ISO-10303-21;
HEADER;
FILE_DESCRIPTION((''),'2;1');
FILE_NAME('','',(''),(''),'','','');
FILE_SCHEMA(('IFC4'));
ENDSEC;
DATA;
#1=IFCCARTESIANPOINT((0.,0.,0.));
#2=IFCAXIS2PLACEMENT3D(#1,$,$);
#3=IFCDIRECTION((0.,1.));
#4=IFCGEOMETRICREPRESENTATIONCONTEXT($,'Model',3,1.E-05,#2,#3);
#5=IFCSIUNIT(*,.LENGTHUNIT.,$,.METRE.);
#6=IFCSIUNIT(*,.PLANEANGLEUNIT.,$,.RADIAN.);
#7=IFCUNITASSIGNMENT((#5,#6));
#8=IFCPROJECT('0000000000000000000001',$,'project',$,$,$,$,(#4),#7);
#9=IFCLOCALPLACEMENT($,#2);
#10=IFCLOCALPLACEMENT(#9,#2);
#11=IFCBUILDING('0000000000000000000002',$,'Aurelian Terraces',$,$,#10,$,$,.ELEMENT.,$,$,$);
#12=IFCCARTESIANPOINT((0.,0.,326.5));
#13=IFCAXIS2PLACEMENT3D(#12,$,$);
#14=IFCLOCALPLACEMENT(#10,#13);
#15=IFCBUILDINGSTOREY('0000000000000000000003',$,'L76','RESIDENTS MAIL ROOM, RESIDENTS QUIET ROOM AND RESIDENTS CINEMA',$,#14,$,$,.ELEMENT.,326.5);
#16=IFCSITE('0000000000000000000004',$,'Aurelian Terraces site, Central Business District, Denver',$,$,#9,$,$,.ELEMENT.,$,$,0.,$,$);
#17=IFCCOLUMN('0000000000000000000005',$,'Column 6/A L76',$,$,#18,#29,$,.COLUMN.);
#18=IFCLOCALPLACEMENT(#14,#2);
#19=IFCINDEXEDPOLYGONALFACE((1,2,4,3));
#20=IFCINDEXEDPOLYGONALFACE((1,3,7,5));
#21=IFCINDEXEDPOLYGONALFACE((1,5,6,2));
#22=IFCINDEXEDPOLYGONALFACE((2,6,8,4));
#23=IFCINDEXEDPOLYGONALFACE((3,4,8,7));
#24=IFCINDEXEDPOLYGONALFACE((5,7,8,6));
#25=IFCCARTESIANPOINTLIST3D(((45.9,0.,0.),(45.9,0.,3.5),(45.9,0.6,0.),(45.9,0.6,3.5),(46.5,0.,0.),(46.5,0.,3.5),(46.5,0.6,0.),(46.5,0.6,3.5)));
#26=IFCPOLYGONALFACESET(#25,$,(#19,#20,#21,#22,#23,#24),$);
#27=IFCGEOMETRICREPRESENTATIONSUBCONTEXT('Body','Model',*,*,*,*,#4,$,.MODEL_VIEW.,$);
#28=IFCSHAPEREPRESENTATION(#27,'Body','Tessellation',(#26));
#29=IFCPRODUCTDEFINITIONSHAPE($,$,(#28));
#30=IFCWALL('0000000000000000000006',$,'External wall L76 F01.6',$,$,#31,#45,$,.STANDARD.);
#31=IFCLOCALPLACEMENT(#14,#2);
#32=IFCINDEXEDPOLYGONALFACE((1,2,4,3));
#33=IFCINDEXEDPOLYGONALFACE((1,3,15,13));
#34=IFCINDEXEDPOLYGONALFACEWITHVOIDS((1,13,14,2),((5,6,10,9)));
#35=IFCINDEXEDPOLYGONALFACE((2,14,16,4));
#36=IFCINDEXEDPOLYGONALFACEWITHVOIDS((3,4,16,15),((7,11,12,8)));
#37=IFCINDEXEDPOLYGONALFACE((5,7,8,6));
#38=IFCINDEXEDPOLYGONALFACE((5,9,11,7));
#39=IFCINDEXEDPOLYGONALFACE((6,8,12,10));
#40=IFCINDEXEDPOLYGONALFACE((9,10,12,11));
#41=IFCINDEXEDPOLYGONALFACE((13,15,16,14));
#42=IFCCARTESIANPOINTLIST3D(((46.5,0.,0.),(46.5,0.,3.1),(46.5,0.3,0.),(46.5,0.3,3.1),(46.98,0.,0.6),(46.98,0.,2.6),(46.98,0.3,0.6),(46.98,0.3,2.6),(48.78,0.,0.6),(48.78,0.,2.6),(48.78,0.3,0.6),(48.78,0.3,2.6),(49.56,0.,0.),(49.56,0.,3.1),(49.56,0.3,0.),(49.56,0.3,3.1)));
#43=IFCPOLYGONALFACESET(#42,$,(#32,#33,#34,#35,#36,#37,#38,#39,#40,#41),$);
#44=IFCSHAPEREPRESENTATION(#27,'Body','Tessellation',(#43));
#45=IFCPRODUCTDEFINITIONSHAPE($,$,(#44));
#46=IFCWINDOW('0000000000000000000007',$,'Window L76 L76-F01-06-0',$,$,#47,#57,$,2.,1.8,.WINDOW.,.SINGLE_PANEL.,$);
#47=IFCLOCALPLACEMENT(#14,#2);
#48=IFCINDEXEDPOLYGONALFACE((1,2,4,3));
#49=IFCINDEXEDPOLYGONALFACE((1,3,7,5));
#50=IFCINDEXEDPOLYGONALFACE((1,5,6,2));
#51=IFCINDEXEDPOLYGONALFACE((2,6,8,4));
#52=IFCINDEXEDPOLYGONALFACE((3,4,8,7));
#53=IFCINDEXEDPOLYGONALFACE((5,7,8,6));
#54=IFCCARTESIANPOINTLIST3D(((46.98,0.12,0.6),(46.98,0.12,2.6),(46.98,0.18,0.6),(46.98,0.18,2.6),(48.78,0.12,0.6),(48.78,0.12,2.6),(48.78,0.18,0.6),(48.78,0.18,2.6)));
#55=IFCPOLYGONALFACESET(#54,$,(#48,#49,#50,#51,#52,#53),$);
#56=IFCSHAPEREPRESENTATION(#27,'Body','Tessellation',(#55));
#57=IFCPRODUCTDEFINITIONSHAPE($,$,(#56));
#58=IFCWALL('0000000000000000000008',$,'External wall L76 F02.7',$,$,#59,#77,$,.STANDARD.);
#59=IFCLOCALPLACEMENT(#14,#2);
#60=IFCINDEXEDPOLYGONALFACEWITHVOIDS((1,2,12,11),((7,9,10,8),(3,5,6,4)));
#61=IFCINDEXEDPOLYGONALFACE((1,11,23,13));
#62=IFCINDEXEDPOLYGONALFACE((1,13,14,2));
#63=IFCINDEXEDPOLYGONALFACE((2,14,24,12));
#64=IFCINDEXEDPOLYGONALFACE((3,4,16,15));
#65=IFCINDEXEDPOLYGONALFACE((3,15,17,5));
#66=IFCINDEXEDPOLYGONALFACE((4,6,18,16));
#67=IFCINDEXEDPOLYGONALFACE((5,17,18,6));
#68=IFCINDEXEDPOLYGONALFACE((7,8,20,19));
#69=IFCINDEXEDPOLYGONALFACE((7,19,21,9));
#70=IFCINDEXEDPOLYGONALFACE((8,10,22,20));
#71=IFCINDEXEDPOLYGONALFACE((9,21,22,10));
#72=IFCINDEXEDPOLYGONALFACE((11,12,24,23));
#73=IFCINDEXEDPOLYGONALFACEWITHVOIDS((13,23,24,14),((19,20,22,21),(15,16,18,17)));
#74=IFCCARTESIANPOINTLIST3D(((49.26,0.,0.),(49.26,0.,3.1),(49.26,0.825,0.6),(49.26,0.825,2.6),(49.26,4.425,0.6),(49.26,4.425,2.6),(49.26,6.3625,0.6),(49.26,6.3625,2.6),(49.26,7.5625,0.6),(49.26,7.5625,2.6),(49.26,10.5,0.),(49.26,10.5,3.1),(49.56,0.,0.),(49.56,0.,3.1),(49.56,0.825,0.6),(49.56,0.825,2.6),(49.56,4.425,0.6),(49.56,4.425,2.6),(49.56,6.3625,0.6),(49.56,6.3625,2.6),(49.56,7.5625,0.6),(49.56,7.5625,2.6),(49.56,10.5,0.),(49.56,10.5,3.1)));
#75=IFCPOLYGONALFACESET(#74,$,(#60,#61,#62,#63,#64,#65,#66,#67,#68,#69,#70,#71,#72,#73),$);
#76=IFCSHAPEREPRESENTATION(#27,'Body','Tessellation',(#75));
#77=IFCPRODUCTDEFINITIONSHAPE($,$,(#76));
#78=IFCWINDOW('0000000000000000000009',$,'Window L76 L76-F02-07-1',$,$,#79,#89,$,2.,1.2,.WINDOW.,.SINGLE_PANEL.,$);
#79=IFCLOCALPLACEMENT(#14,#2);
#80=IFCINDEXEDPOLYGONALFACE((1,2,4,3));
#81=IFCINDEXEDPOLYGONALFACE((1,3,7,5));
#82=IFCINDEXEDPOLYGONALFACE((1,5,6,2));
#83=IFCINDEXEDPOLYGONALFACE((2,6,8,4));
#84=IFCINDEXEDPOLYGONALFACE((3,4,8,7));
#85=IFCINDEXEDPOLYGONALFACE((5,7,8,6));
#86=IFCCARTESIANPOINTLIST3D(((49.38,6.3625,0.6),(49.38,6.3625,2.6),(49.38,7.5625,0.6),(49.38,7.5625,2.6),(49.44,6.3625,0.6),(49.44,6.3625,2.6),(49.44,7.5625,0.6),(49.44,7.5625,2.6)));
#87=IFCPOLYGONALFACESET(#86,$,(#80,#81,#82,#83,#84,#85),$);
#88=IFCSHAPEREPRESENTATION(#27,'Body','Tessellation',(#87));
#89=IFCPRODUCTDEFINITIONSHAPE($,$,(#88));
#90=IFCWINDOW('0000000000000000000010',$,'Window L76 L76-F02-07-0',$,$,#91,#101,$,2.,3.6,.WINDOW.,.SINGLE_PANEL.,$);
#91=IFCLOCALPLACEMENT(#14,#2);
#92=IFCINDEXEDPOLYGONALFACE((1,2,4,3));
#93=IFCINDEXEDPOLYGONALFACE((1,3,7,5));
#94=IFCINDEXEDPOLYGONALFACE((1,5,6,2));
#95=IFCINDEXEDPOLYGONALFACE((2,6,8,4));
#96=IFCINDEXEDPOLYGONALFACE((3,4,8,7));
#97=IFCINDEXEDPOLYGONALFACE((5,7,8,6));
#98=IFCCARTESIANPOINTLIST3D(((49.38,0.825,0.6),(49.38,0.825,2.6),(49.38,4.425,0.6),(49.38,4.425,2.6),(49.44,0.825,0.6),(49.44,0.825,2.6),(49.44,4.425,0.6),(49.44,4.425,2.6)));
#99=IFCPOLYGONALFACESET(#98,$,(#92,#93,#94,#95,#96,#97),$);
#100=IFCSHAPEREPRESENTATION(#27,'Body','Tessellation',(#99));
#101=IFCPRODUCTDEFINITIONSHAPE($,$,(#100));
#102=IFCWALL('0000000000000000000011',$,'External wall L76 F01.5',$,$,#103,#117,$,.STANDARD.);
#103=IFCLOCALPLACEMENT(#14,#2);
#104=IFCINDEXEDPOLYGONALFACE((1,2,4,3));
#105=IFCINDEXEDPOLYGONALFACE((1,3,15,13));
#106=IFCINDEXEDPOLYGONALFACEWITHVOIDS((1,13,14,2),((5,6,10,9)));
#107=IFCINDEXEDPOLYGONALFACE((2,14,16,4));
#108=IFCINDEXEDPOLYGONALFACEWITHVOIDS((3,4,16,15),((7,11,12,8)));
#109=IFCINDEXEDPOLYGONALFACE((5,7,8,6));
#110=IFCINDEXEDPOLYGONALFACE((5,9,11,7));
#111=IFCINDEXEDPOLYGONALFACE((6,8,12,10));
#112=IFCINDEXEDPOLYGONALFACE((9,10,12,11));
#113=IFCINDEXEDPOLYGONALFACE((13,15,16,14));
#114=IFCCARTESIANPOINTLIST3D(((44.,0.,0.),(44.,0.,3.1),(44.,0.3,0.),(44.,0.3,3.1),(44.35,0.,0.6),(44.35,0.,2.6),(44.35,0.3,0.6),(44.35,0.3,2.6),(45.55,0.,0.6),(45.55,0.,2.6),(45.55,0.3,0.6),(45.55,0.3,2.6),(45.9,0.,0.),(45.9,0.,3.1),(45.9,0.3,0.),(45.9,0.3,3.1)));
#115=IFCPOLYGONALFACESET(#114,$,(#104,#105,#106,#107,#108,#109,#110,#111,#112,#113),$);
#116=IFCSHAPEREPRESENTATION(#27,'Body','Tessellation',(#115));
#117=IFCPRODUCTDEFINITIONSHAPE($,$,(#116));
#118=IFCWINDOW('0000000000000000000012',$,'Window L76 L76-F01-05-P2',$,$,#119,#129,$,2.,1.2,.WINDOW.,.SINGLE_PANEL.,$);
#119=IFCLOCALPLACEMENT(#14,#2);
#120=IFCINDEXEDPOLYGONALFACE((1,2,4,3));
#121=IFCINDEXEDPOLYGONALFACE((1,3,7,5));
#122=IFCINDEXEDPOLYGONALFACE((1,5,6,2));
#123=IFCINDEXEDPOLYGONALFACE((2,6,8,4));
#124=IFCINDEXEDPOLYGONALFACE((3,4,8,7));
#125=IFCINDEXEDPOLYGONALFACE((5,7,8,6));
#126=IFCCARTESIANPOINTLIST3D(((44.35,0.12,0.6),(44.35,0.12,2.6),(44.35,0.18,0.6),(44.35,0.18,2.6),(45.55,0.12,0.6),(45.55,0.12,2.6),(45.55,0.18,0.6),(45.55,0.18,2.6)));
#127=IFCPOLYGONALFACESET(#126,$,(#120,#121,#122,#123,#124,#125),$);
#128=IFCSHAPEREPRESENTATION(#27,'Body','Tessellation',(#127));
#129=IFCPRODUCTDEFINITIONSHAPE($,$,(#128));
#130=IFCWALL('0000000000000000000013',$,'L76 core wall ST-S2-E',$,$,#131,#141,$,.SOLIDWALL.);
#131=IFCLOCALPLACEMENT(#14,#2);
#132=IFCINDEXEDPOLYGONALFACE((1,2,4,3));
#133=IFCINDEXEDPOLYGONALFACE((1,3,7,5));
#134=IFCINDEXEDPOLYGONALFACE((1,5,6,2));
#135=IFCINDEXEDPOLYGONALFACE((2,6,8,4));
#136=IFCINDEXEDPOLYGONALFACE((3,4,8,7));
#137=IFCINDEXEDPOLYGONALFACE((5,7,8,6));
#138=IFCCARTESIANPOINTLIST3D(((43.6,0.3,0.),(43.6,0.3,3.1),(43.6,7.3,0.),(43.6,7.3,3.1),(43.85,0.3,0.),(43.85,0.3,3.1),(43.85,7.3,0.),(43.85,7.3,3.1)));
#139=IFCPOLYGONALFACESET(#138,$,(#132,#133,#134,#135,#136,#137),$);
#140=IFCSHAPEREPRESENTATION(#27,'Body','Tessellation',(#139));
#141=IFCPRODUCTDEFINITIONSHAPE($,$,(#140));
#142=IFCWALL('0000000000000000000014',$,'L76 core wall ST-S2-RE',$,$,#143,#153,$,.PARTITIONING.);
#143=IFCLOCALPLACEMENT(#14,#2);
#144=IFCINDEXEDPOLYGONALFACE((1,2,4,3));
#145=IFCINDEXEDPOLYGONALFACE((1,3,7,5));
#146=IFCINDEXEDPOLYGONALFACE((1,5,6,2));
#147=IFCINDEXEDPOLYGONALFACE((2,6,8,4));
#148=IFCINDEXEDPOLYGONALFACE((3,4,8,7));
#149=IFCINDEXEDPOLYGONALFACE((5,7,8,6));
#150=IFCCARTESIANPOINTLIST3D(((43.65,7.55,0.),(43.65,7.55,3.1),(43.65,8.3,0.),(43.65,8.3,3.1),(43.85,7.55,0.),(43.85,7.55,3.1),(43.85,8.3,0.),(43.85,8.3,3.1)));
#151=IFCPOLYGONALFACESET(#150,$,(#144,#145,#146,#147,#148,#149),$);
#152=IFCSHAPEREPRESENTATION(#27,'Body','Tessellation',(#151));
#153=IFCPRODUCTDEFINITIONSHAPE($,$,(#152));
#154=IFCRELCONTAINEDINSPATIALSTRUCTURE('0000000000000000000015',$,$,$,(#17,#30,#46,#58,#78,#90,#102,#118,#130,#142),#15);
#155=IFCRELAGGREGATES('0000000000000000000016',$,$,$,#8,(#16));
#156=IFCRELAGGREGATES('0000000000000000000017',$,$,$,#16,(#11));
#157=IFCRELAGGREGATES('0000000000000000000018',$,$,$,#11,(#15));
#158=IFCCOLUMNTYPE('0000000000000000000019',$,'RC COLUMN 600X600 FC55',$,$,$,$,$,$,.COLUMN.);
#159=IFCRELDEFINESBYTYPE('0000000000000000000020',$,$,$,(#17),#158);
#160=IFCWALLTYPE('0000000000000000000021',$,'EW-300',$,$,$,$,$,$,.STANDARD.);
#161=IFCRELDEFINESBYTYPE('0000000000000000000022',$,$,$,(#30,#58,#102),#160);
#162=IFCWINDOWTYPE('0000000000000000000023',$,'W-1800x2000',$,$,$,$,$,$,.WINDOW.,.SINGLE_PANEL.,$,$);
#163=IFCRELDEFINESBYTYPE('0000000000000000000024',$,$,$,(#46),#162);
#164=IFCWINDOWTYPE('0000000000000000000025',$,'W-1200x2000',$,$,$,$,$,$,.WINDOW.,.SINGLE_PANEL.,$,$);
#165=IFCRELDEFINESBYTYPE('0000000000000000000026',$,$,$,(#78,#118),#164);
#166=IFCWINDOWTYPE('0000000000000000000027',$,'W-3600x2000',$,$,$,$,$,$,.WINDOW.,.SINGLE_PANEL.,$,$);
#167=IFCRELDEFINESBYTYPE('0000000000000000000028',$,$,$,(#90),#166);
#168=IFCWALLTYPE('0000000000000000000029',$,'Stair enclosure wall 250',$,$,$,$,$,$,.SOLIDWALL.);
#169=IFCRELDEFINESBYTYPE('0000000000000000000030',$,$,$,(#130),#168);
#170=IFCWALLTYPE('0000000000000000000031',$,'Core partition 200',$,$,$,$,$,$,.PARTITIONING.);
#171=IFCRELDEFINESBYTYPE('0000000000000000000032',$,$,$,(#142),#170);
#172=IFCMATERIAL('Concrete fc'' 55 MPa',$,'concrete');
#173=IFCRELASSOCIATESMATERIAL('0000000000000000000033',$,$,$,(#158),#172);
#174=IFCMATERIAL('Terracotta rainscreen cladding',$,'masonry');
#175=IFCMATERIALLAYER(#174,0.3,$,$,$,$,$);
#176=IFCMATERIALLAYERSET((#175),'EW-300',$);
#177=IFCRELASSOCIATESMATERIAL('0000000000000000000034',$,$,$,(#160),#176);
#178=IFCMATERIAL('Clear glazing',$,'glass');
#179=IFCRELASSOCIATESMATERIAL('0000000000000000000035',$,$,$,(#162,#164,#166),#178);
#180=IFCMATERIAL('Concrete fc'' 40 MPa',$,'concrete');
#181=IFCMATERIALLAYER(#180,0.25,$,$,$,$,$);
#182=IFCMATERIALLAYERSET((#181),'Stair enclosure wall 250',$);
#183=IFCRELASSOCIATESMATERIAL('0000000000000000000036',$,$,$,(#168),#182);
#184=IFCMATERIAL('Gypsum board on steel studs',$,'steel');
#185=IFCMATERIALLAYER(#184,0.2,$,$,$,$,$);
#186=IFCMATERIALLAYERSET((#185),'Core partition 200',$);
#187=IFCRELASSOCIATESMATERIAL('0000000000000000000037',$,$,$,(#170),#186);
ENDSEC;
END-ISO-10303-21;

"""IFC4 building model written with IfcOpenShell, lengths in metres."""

from ifc_helpers import new_model, si_unit, direction, frame, frame_2d, origin, origin_2d, place, context, subcontext, project, spatial, rectangle, extrude, source, transform, mapped, material, layer, layer_set, material_profile, profile_set, type_object, element, fill, save


model = new_model("IFC4")

# Units and contexts
model_context = context("Model", 3, precision=1e-05, world=origin(), true_north=direction((0.0, 1.0)))
body_context = subcontext(model_context, "Body", "Model", "MODEL_VIEW")
ifc_project = project(units=[si_unit("LENGTHUNIT", "METRE"), si_unit("PLANEANGLEUNIT", "RADIAN")], contexts=[model_context])

# Site, building, storey
site_placement = place(None, origin())
site = spatial("IfcSite", under=ifc_project, at=site_placement, Name="Aurelian Terraces site, Central Business District, Denver", CompositionType="ELEMENT", RefElevation=0.0)
building_placement = place(site_placement, origin())
building = spatial("IfcBuilding", under=site, at=building_placement, Name="Aurelian Terraces", CompositionType="ELEMENT")
storey_placement = place(building_placement, frame((0.0, 0.0, 326.5)))
storey = spatial("IfcBuildingStorey", under=building, at=storey_placement, Name="L76", Description="RESIDENTS MAIL ROOM, RESIDENTS QUIET ROOM AND RESIDENTS CINEMA", CompositionType="ELEMENT", Elevation=326.5)

# Column
ifc_material_1 = material(Name="Concrete fc' 55 MPa", Category="concrete")
ifc_material_profile = material_profile(ifc_material_1, rectangle(XDim=0.6, YDim=0.6, at=origin_2d()))
ifc_profile_set = profile_set([ifc_material_profile], Name="Concrete fc' 55 MPa")
column_type = type_object("IfcColumnType", Name="RC COLUMN 600X600 FC55", PredefinedType="COLUMN", material=ifc_profile_set)
shared_shape_1 = source(origin(), body_context, "Body", "SweptSolid", [
    extrude(rectangle(XDim=0.6, YDim=0.6, at=origin_2d()), origin(), (0.0, 0.0, 1.0), 3.5),
])
column_placement = place(storey_placement, frame((46.2, 0.3, 0.0), z_axis=(0.0, 0.0, 1.0), x_axis=(1.0, 0.0, 0.0)))
element("IfcColumn", 1, at=column_placement, inside=storey, type_object=column_type, Name="Column 6/A L76", PredefinedType="COLUMN", context=body_context, shape_type="MappedRepresentation", body=[
    mapped(shared_shape_1, transform((0.0, 0.0, 0.0), scale=1.0)),
])

# Wall, opening, window
ifc_material_2 = material(Name="Terracotta rainscreen cladding", Category="masonry")
ifc_layer_1 = layer(ifc_material_2, 0.3)
ifc_layer_set_1 = layer_set([ifc_layer_1], Name="EW-300")
wall_type_1 = type_object("IfcWallType", Name="EW-300", PredefinedType="STANDARD", material=ifc_layer_set_1)
wall_1_placement = place(storey_placement, frame((46.5, 0.15, 0.0), z_axis=(0.0, 0.0, 1.0), x_axis=(1.0, 0.0, 0.0)))
wall_1 = element("IfcWall", 2, at=wall_1_placement, inside=storey, type_object=wall_type_1, Name="External wall L76 F01.6", PredefinedType="STANDARD", context=body_context, shape_type="SweptSolid", body=[
    extrude(rectangle(XDim=3.06, YDim=0.3, at=frame_2d((1.53, 0.0))), origin(), (0.0, 0.0, 1.0), 3.1),
])
shared_shape_2 = source(origin(), body_context, "Body", "SweptSolid", [
    extrude(rectangle(XDim=1.8, YDim=2.0, at=frame_2d((0.9, 1.0))), frame((0.0, 0.16, 0.0), z_axis=(0.0, -1.0, 0.0), x_axis=(1.0, 0.0, 0.0)), (0.0, 0.0, 1.0), 0.32),
])
opening_1_placement = place(wall_1_placement, frame((0.48, 0.0, 0.6)))
opening_1 = element("IfcOpeningElement", 3, at=opening_1_placement, cuts=wall_1, PredefinedType="OPENING", context=body_context, shape_type="MappedRepresentation", body=[
    mapped(shared_shape_2, transform((0.0, 0.0, 0.0), scale=1.0)),
])
ifc_material_3 = material(Name="Clear glazing", Category="glass")
window_type_1 = type_object("IfcWindowType", Name="W-1800x2000", PartitioningType="SINGLE_PANEL", PredefinedType="WINDOW", material=ifc_material_3)
shared_shape_3 = source(origin(), body_context, "Body", "SweptSolid", [
    extrude(rectangle(XDim=1.8, YDim=2.0, at=frame_2d((0.9, 1.0))), frame((0.0, 0.03, 0.0), z_axis=(0.0, -1.0, 0.0), x_axis=(1.0, 0.0, 0.0)), (0.0, 0.0, 1.0), 0.06),
])
window_1_placement = place(opening_1_placement, origin())
window_1 = element("IfcWindow", 4, at=window_1_placement, inside=storey, type_object=window_type_1, Name="Window L76 L76-F01-06-0", OverallHeight=2.0, OverallWidth=1.8, PartitioningType="SINGLE_PANEL", PredefinedType="WINDOW", context=body_context, shape_type="MappedRepresentation", body=[
    mapped(shared_shape_3, transform((0.0, 0.0, 0.0), scale=1.0)),
])
fill(opening_1, window_1)

# Wall, openings, windows
shared_shape_4 = source(origin(), body_context, "Body", "SweptSolid", [
    extrude(rectangle(XDim=10.5, YDim=0.3, at=frame_2d((5.25, 0.0))), origin(), (0.0, 0.0, 1.0), 3.1),
])
wall_2_placement = place(storey_placement, frame((49.41, 0.0, 0.0), z_axis=(0.0, 0.0, 1.0), x_axis=(0.0, 1.0, 0.0)))
wall_2 = element("IfcWall", 5, at=wall_2_placement, inside=storey, type_object=wall_type_1, Name="External wall L76 F02.7", PredefinedType="STANDARD", context=body_context, shape_type="MappedRepresentation", body=[
    mapped(shared_shape_4, transform((0.0, 0.0, 0.0), scale=1.0)),
])
shared_shape_5 = source(origin(), body_context, "Body", "SweptSolid", [
    extrude(rectangle(XDim=3.6, YDim=2.0, at=frame_2d((1.8, 1.0))), frame((0.0, 0.16, 0.0), z_axis=(0.0, -1.0, 0.0), x_axis=(1.0, 0.0, 0.0)), (0.0, 0.0, 1.0), 0.32),
])
opening_2_placement = place(wall_2_placement, frame((0.825, 0.0, 0.6)))
opening_2 = element("IfcOpeningElement", 6, at=opening_2_placement, cuts=wall_2, PredefinedType="OPENING", context=body_context, shape_type="MappedRepresentation", body=[
    mapped(shared_shape_5, transform((0.0, 0.0, 0.0), scale=1.0)),
])
shared_shape_6 = source(origin(), body_context, "Body", "SweptSolid", [
    extrude(rectangle(XDim=1.2, YDim=2.0, at=frame_2d((0.6, 1.0))), frame((0.0, 0.16, 0.0), z_axis=(0.0, -1.0, 0.0), x_axis=(1.0, 0.0, 0.0)), (0.0, 0.0, 1.0), 0.32),
])
opening_3_placement = place(wall_2_placement, frame((6.3625, 0.0, 0.6)))
opening_3 = element("IfcOpeningElement", 7, at=opening_3_placement, cuts=wall_2, PredefinedType="OPENING", context=body_context, shape_type="MappedRepresentation", body=[
    mapped(shared_shape_6, transform((0.0, 0.0, 0.0), scale=1.0)),
])
window_type_2 = type_object("IfcWindowType", Name="W-1200x2000", PartitioningType="SINGLE_PANEL", PredefinedType="WINDOW", material=ifc_material_3)
shared_shape_7 = source(origin(), body_context, "Body", "SweptSolid", [
    extrude(rectangle(XDim=1.2, YDim=2.0, at=frame_2d((0.6, 1.0))), frame((0.0, 0.03, 0.0), z_axis=(0.0, -1.0, 0.0), x_axis=(1.0, 0.0, 0.0)), (0.0, 0.0, 1.0), 0.06),
])
window_2_placement = place(opening_3_placement, origin())
window_2 = element("IfcWindow", 8, at=window_2_placement, inside=storey, type_object=window_type_2, Name="Window L76 L76-F02-07-1", OverallHeight=2.0, OverallWidth=1.2, PartitioningType="SINGLE_PANEL", PredefinedType="WINDOW", context=body_context, shape_type="MappedRepresentation", body=[
    mapped(shared_shape_7, transform((0.0, 0.0, 0.0), scale=1.0)),
])
fill(opening_3, window_2)
window_type_3 = type_object("IfcWindowType", Name="W-3600x2000", PartitioningType="SINGLE_PANEL", PredefinedType="WINDOW", material=ifc_material_3)
shared_shape_8 = source(origin(), body_context, "Body", "SweptSolid", [
    extrude(rectangle(XDim=3.6, YDim=2.0, at=frame_2d((1.8, 1.0))), frame((0.0, 0.03, 0.0), z_axis=(0.0, -1.0, 0.0), x_axis=(1.0, 0.0, 0.0)), (0.0, 0.0, 1.0), 0.06),
])
window_3_placement = place(opening_2_placement, origin())
window_3 = element("IfcWindow", 9, at=window_3_placement, inside=storey, type_object=window_type_3, Name="Window L76 L76-F02-07-0", OverallHeight=2.0, OverallWidth=3.6, PartitioningType="SINGLE_PANEL", PredefinedType="WINDOW", context=body_context, shape_type="MappedRepresentation", body=[
    mapped(shared_shape_8, transform((0.0, 0.0, 0.0), scale=1.0)),
])
fill(opening_2, window_3)

# Wall, opening, window
shared_shape_9 = source(origin(), body_context, "Body", "SweptSolid", [
    extrude(rectangle(XDim=1.9, YDim=0.3, at=frame_2d((0.95, 0.0))), origin(), (0.0, 0.0, 1.0), 3.1),
])
wall_3_placement = place(storey_placement, frame((44.0, 0.15, 0.0), z_axis=(0.0, 0.0, 1.0), x_axis=(1.0, 0.0, 0.0)))
wall_3 = element("IfcWall", 10, at=wall_3_placement, inside=storey, type_object=wall_type_1, Name="External wall L76 F01.5", PredefinedType="STANDARD", context=body_context, shape_type="MappedRepresentation", body=[
    mapped(shared_shape_9, transform((0.0, 0.0, 0.0), scale=1.0)),
])
opening_4_placement = place(wall_3_placement, frame((0.35, 0.0, 0.6)))
opening_4 = element("IfcOpeningElement", 11, at=opening_4_placement, cuts=wall_3, PredefinedType="OPENING", context=body_context, shape_type="MappedRepresentation", body=[
    mapped(shared_shape_6, transform((0.0, 0.0, 0.0), scale=1.0)),
])
window_4_placement = place(opening_4_placement, origin())
window_4 = element("IfcWindow", 12, at=window_4_placement, inside=storey, type_object=window_type_2, Name="Window L76 L76-F01-05-P2", OverallHeight=2.0, OverallWidth=1.2, PartitioningType="SINGLE_PANEL", PredefinedType="WINDOW", context=body_context, shape_type="MappedRepresentation", body=[
    mapped(shared_shape_7, transform((0.0, 0.0, 0.0), scale=1.0)),
])
fill(opening_4, window_4)

# Walls
ifc_material_4 = material(Name="Concrete fc' 40 MPa", Category="concrete")
ifc_layer_2 = layer(ifc_material_4, 0.25)
ifc_layer_set_2 = layer_set([ifc_layer_2], Name="Stair enclosure wall 250")
wall_type_2 = type_object("IfcWallType", Name="Stair enclosure wall 250", PredefinedType="SOLIDWALL", material=ifc_layer_set_2)
shared_shape_10 = source(origin(), body_context, "Body", "SweptSolid", [
    extrude(rectangle(XDim=7.0, YDim=0.25, at=frame_2d((3.5, 0.0))), origin(), (0.0, 0.0, 1.0), 3.1),
])
wall_4_placement = place(storey_placement, frame((43.725, 0.3, 0.0), z_axis=(0.0, 0.0, 1.0), x_axis=(0.0, 1.0, 0.0)))
element("IfcWall", 13, at=wall_4_placement, inside=storey, type_object=wall_type_2, Name="L76 core wall ST-S2-E", PredefinedType="SOLIDWALL", context=body_context, shape_type="MappedRepresentation", body=[
    mapped(shared_shape_10, transform((0.0, 0.0, 0.0), scale=1.0)),
])
ifc_material_5 = material(Name="Gypsum board on steel studs", Category="steel")
ifc_layer_3 = layer(ifc_material_5, 0.2)
ifc_layer_set_3 = layer_set([ifc_layer_3], Name="Core partition 200")
wall_type_3 = type_object("IfcWallType", Name="Core partition 200", PredefinedType="PARTITIONING", material=ifc_layer_set_3)
shared_shape_11 = source(origin(), body_context, "Body", "SweptSolid", [
    extrude(rectangle(XDim=0.75, YDim=0.2, at=frame_2d((0.375, 0.0))), origin(), (0.0, 0.0, 1.0), 3.1),
])
wall_5_placement = place(storey_placement, frame((43.75, 7.55, 0.0), z_axis=(0.0, 0.0, 1.0), x_axis=(0.0, 1.0, 0.0)))
element("IfcWall", 14, at=wall_5_placement, inside=storey, type_object=wall_type_3, Name="L76 core wall ST-S2-RE", PredefinedType="PARTITIONING", context=body_context, shape_type="MappedRepresentation", body=[
    mapped(shared_shape_11, transform((0.0, 0.0, 0.0), scale=1.0)),
])

save(model, "model.ifc")
